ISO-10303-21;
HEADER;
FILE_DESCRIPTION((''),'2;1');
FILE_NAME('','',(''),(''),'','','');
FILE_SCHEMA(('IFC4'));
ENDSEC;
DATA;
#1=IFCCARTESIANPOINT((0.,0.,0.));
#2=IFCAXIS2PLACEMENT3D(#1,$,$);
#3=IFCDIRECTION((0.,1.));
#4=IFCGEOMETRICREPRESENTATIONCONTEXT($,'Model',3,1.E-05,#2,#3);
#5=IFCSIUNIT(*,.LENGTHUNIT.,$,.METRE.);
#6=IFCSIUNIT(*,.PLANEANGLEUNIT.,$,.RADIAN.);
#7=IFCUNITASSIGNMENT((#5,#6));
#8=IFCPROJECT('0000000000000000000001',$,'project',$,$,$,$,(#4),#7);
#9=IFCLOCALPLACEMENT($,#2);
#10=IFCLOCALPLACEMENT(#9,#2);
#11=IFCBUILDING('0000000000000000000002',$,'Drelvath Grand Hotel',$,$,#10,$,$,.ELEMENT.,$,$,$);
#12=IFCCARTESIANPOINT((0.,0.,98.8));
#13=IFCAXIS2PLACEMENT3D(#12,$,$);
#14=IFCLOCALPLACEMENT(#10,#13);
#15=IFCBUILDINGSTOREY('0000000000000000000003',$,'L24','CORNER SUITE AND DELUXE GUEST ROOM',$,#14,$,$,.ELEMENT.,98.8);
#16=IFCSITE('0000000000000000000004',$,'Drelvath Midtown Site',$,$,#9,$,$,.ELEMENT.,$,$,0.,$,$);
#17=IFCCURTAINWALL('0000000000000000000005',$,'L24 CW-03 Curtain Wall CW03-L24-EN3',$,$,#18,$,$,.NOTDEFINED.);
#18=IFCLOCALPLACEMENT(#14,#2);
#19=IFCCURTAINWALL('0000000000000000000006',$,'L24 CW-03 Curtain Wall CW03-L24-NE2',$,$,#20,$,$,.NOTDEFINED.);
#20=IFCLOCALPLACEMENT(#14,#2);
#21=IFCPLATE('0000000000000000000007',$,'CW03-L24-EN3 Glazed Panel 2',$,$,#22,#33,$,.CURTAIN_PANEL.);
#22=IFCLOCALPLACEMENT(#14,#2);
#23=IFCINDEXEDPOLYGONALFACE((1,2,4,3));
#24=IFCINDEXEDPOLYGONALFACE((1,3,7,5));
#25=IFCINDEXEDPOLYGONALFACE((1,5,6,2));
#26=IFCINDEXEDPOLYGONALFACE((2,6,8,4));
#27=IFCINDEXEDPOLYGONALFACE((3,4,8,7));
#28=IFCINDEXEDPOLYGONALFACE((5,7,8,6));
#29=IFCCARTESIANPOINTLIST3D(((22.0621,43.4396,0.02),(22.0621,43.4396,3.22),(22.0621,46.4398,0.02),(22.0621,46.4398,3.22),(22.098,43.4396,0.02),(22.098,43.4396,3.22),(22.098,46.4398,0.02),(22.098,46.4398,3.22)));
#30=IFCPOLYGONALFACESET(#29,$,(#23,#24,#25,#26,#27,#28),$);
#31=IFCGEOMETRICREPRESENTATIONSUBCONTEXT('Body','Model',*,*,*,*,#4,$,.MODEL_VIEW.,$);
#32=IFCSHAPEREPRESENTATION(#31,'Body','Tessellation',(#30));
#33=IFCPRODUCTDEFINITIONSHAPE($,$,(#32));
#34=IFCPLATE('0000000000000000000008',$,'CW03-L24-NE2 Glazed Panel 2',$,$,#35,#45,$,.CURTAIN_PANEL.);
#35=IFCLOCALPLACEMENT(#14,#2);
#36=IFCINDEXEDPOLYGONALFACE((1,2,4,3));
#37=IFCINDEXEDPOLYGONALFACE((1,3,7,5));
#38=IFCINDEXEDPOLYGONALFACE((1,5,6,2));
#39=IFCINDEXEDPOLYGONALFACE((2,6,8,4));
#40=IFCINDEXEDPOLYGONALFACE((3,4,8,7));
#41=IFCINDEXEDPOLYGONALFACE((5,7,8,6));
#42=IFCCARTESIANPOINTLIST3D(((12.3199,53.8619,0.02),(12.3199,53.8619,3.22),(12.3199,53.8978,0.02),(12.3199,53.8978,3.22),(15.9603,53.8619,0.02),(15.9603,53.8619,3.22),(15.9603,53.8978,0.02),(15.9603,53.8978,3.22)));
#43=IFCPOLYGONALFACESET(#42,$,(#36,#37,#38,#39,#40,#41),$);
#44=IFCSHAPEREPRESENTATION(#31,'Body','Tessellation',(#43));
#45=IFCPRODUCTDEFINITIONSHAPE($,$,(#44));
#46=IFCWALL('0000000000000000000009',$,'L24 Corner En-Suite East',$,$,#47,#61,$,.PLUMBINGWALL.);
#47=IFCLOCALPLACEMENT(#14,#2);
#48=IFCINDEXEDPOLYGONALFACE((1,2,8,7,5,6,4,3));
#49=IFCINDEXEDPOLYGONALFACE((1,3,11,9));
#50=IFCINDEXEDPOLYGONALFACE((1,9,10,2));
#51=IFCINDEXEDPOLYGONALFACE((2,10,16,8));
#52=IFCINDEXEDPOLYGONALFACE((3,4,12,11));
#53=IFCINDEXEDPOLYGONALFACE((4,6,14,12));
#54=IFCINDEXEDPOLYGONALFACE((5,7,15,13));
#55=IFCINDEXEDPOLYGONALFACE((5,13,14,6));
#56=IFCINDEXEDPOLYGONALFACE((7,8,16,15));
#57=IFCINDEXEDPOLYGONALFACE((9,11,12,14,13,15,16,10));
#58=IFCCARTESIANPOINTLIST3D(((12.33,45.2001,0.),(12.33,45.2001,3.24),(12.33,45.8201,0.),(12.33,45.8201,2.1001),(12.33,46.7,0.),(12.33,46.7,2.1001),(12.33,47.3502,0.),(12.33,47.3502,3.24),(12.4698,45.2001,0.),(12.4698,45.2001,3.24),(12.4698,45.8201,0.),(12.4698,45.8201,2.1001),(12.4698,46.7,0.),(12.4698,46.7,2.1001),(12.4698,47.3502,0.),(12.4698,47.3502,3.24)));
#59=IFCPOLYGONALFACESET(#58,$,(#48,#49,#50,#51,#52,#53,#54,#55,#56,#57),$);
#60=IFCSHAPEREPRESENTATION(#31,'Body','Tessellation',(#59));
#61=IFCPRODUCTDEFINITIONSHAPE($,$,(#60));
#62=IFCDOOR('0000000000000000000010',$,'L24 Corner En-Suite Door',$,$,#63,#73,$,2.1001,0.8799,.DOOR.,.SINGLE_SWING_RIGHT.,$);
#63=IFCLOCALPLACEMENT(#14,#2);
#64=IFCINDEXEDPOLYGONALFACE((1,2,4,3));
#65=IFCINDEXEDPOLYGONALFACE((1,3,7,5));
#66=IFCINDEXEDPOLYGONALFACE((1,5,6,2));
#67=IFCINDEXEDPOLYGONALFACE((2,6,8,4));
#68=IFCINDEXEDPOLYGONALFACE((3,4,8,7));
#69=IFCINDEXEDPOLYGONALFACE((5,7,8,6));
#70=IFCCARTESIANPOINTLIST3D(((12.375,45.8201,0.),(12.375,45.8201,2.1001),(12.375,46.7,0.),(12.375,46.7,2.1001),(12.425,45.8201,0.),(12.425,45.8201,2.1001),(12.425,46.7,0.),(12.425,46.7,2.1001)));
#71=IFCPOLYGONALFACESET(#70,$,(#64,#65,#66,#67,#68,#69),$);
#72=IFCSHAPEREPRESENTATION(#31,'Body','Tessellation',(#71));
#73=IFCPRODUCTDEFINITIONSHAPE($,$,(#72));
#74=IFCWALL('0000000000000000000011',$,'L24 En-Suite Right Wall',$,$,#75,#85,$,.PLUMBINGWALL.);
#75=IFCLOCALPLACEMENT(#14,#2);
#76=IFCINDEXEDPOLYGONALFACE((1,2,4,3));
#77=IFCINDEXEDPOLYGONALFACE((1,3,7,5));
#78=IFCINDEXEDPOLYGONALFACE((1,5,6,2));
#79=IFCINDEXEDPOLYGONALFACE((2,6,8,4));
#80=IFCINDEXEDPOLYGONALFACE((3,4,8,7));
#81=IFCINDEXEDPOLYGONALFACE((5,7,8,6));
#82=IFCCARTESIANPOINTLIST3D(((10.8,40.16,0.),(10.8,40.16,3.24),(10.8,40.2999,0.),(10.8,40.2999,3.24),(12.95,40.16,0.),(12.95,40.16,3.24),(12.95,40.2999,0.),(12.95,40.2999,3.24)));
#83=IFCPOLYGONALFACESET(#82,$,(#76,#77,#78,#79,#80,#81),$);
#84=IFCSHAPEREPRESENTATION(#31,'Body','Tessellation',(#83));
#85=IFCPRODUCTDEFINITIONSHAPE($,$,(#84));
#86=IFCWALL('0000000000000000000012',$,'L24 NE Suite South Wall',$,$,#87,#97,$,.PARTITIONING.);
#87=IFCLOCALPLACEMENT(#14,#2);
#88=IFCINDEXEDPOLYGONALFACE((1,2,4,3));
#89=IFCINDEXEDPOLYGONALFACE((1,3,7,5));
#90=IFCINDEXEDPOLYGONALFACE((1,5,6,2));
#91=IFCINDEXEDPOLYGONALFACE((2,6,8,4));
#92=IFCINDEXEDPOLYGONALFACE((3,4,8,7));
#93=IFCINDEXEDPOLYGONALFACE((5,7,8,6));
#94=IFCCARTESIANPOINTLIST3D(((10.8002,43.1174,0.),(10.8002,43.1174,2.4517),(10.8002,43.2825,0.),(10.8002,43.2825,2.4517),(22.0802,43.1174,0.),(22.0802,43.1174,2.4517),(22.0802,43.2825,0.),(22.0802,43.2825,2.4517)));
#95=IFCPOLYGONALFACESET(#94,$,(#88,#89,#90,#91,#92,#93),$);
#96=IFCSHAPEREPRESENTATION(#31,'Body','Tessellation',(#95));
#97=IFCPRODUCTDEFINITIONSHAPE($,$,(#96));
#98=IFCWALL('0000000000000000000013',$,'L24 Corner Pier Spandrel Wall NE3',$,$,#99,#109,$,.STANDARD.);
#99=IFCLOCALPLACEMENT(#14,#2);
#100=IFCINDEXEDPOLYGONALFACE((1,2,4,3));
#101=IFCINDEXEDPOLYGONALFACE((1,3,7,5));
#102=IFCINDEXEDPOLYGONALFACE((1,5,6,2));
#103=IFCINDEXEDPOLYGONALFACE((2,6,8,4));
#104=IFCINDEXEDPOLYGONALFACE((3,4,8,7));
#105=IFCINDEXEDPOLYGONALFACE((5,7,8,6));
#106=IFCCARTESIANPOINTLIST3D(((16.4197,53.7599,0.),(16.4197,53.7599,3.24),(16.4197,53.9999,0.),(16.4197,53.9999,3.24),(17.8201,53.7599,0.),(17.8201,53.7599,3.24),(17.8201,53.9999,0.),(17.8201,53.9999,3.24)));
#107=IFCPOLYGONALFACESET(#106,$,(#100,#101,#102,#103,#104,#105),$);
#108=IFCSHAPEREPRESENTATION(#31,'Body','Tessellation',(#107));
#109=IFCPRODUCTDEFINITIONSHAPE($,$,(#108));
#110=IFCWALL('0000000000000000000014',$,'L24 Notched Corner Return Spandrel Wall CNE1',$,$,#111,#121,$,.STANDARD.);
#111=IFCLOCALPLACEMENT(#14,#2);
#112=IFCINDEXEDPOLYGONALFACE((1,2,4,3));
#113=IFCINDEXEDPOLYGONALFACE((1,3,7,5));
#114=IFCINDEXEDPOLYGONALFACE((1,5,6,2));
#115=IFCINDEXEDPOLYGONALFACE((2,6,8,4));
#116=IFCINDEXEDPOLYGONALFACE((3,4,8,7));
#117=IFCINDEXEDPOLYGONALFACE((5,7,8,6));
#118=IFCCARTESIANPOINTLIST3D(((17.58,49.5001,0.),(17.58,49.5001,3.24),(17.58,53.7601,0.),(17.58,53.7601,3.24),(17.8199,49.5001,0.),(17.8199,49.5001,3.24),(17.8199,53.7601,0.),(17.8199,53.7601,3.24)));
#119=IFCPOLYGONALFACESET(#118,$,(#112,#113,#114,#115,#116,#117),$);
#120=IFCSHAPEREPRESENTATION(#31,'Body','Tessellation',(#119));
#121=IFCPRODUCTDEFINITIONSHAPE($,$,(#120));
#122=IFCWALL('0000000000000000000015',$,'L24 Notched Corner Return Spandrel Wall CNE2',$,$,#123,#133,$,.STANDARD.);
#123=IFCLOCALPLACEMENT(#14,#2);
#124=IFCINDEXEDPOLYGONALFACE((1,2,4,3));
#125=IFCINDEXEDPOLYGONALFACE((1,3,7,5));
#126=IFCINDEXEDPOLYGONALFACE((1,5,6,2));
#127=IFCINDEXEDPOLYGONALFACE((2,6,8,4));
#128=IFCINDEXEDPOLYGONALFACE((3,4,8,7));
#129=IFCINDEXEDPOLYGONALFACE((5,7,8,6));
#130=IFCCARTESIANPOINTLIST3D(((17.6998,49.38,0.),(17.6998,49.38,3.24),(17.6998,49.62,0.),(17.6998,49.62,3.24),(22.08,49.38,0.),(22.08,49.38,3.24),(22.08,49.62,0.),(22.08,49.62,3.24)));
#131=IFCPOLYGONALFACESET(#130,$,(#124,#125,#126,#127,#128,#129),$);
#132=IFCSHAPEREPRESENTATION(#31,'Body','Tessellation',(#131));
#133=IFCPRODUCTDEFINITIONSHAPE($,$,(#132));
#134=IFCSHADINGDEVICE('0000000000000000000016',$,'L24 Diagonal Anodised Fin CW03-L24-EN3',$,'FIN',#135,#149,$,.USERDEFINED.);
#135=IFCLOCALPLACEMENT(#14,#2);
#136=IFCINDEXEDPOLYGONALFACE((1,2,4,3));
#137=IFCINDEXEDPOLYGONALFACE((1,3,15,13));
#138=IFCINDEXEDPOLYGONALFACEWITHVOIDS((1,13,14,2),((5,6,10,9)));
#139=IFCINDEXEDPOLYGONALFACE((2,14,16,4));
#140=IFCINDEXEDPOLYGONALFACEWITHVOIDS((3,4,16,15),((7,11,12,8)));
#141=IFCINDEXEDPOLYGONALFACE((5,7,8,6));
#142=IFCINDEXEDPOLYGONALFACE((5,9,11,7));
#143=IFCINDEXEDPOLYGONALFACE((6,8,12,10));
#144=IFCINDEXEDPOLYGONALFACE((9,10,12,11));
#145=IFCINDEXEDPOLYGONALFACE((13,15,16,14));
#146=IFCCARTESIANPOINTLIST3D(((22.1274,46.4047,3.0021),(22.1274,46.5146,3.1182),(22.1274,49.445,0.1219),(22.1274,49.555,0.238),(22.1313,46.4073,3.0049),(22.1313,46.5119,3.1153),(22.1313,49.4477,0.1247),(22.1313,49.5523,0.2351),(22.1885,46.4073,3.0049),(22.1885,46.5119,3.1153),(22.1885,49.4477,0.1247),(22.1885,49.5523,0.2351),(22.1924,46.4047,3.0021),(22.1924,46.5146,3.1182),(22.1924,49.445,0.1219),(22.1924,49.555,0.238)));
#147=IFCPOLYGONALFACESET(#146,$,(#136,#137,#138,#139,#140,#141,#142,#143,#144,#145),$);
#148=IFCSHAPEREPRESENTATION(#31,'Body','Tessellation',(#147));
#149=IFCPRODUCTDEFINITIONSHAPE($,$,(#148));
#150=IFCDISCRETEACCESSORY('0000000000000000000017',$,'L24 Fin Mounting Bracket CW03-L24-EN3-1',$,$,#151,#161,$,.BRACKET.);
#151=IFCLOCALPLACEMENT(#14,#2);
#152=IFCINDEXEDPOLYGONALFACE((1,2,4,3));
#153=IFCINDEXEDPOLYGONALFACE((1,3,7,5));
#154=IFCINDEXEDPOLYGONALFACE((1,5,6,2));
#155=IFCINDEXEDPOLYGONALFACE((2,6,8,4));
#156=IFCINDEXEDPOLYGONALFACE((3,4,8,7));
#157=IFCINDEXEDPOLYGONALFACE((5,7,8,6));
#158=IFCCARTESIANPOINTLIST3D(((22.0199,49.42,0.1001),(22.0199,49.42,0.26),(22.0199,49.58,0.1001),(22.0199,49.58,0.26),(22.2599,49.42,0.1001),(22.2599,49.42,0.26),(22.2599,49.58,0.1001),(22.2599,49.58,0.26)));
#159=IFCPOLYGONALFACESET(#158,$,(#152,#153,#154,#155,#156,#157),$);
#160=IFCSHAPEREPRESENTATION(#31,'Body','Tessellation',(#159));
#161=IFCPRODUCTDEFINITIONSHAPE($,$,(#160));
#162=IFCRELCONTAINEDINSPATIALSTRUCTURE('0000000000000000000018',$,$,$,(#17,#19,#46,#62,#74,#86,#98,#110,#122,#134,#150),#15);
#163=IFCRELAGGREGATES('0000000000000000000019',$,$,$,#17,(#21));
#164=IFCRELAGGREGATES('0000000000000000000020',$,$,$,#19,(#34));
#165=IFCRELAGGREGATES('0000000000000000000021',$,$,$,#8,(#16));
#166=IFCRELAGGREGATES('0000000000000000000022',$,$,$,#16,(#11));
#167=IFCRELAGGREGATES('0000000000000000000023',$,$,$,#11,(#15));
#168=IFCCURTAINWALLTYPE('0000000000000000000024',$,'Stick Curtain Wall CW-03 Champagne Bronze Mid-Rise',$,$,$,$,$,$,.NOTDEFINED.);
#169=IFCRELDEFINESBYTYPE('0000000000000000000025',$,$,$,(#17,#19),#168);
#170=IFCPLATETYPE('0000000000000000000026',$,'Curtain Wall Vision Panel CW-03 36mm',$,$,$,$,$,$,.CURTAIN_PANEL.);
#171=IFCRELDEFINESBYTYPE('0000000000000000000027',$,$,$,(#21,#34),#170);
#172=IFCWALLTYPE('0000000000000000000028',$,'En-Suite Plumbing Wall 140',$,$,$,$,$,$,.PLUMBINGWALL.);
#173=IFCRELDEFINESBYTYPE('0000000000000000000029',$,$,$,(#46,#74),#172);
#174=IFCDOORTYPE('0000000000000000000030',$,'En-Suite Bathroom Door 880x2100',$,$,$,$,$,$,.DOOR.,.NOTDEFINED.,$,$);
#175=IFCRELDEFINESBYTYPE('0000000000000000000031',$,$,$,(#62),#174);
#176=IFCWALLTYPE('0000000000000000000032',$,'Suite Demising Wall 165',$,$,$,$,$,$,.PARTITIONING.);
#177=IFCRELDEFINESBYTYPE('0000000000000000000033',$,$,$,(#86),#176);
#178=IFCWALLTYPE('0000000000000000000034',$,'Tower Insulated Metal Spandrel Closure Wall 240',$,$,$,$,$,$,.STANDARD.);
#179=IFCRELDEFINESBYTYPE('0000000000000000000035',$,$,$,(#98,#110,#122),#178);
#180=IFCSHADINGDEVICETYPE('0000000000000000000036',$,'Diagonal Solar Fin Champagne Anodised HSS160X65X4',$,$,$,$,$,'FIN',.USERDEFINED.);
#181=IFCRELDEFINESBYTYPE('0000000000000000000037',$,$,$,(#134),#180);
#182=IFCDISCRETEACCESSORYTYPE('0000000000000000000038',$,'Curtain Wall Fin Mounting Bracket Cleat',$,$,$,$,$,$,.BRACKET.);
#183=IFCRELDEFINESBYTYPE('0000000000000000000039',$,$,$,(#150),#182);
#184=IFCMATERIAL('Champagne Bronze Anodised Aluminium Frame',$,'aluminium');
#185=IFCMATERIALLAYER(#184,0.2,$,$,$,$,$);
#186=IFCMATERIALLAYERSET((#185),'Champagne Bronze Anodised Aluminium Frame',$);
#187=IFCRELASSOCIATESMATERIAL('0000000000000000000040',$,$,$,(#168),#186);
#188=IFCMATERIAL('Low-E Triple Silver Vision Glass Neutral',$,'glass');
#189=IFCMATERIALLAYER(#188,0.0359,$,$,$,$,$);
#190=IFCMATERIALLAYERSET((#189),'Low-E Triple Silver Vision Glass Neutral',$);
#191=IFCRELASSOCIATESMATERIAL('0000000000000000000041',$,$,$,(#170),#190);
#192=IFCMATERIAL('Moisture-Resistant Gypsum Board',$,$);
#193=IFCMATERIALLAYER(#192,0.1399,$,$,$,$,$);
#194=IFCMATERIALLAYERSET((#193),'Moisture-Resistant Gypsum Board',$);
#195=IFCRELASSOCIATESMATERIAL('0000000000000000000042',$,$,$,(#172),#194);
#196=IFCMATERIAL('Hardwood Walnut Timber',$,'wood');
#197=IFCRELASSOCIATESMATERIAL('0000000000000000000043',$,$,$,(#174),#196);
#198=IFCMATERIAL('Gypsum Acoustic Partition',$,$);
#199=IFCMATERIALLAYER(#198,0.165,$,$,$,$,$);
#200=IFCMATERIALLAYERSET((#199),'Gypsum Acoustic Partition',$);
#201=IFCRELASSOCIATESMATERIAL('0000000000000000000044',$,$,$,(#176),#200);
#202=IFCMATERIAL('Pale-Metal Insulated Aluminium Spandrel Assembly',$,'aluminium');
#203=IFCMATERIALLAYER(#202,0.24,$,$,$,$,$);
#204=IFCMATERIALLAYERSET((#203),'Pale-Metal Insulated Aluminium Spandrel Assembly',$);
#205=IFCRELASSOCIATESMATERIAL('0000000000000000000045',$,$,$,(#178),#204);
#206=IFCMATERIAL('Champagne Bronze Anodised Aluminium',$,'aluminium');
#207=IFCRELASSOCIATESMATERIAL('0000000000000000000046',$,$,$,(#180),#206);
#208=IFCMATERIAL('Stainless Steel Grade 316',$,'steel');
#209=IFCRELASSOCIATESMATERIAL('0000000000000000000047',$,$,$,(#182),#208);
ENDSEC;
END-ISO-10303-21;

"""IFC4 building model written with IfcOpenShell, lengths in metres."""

from ifc_helpers import new_model, si_unit, direction, frame, frame_2d, origin, origin_2d, place, context, subcontext, project, spatial, rectangle, hollow_rectangle, extrude, material, layer, layer_set, material_profile, profile_set, type_object, element, fill, aggregate, save


model = new_model("IFC4")

# Units and contexts
model_context = context("Model", 3, precision=1e-05, world=origin(), true_north=direction((0.0, 1.0)))
body_context = subcontext(model_context, "Body", "Model", "MODEL_VIEW")
ifc_project = project(units=[si_unit("LENGTHUNIT", "METRE"), si_unit("PLANEANGLEUNIT", "RADIAN")], contexts=[model_context])

# Site, building, storey
site_placement = place(None, origin())
site = spatial("IfcSite", under=ifc_project, at=site_placement, Name="Drelvath Midtown Site", CompositionType="ELEMENT", RefElevation=0.0)
building_placement = place(site_placement, origin())
building = spatial("IfcBuilding", under=site, at=building_placement, Name="Drelvath Grand Hotel", CompositionType="ELEMENT")
storey_placement = place(building_placement, frame((0.0, 0.0, 98.8)))
storey = spatial("IfcBuildingStorey", under=building, at=storey_placement, Name="L24", Description="CORNER SUITE AND DELUXE GUEST ROOM", CompositionType="ELEMENT", Elevation=98.8)

# Curtain wall
ifc_material_1 = material(Name="Champagne Bronze Anodised Aluminium Frame", Category="aluminium")
ifc_layer_1 = layer(ifc_material_1, 0.2)
ifc_layer_set_1 = layer_set([ifc_layer_1], Name="Champagne Bronze Anodised Aluminium Frame")
curtain_wall_type = type_object("IfcCurtainWallType", Name="Stick Curtain Wall CW-03 Champagne Bronze Mid-Rise", PredefinedType="NOTDEFINED", material=ifc_layer_set_1)
curtain_wall_1_placement = place(storey_placement, origin())
curtain_wall_1 = element("IfcCurtainWall", 1, at=curtain_wall_1_placement, inside=storey, type_object=curtain_wall_type, Name="L24 CW-03 Curtain Wall CW03-L24-EN3", PredefinedType="NOTDEFINED")

# Curtain wall
curtain_wall_2_placement = place(storey_placement, origin())
curtain_wall_2 = element("IfcCurtainWall", 2, at=curtain_wall_2_placement, inside=storey, type_object=curtain_wall_type, Name="L24 CW-03 Curtain Wall CW03-L24-NE2", PredefinedType="NOTDEFINED")

# Plates
ifc_material_2 = material(Name="Low-E Triple Silver Vision Glass Neutral", Category="glass")
ifc_layer_2 = layer(ifc_material_2, 0.0359)
ifc_layer_set_2 = layer_set([ifc_layer_2], Name="Low-E Triple Silver Vision Glass Neutral")
plate_type = type_object("IfcPlateType", Name="Curtain Wall Vision Panel CW-03 36mm", PredefinedType="CURTAIN_PANEL", material=ifc_layer_set_2)
plate_1_placement = place(storey_placement, frame((22.0801, 44.9397, 0.02), z_axis=(0.0, 0.0, 1.0), x_axis=(0.0, -1.0, 0.0)))
plate_1 = element("IfcPlate", 3, at=plate_1_placement, type_object=plate_type, Name="CW03-L24-EN3 Glazed Panel 2", PredefinedType="CURTAIN_PANEL", context=body_context, shape_type="SweptSolid", body=[
    extrude(rectangle(XDim=3.0002, YDim=0.0359, at=origin_2d()), origin(), (0.0, 0.0, 1.0), 3.2),
])
aggregate(curtain_wall_1, [plate_1])
plate_2_placement = place(storey_placement, frame((14.1401, 53.8799, 0.02), z_axis=(0.0, 0.0, 1.0), x_axis=(1.0, 0.0, 0.0)))
plate_2 = element("IfcPlate", 4, at=plate_2_placement, type_object=plate_type, Name="CW03-L24-NE2 Glazed Panel 2", PredefinedType="CURTAIN_PANEL", context=body_context, shape_type="SweptSolid", body=[
    extrude(rectangle(XDim=3.6404, YDim=0.0359, at=origin_2d()), origin(), (0.0, 0.0, 1.0), 3.2),
])
aggregate(curtain_wall_2, [plate_2])

# Wall, opening, door
ifc_material_3 = material(Name="Moisture-Resistant Gypsum Board")
ifc_layer_3 = layer(ifc_material_3, 0.1399)
ifc_layer_set_3 = layer_set([ifc_layer_3], Name="Moisture-Resistant Gypsum Board")
wall_type_1 = type_object("IfcWallType", Name="En-Suite Plumbing Wall 140", PredefinedType="PLUMBINGWALL", material=ifc_layer_set_3)
wall_1_placement = place(storey_placement, frame((12.3999, 45.2, 0.0), z_axis=(0.0, 0.0, 1.0), x_axis=(0.0, 1.0, 0.0)))
wall_1 = element("IfcWall", 5, at=wall_1_placement, inside=storey, type_object=wall_type_1, Name="L24 Corner En-Suite East", PredefinedType="PLUMBINGWALL", context=body_context, shape_type="SweptSolid", body=[
    extrude(rectangle(XDim=2.1501, YDim=0.1399, at=frame_2d((1.0752, 0.0))), origin(), (0.0, 0.0, 1.0), 3.24),
])
opening_placement = place(wall_1_placement, frame((0.6201, 0.0, 0.0)))
opening = element("IfcOpeningElement", 6, at=opening_placement, cuts=wall_1, PredefinedType="OPENING", context=body_context, shape_type="SweptSolid", body=[
    extrude(rectangle(XDim=0.8799, YDim=2.1001, at=frame_2d((0.4399, 1.05))), frame((0.0, 0.0798, 0.0), z_axis=(0.0, -1.0, 0.0), x_axis=(1.0, 0.0, 0.0)), (0.0, 0.0, 1.0), 0.1599),
])
ifc_material_4 = material(Name="Hardwood Walnut Timber", Category="wood")
door_type = type_object("IfcDoorType", Name="En-Suite Bathroom Door 880x2100", OperationType="NOTDEFINED", PredefinedType="DOOR", material=ifc_material_4)
door_placement = place(opening_placement, origin())
door = element("IfcDoor", 7, at=door_placement, inside=storey, type_object=door_type, Name="L24 Corner En-Suite Door", OperationType="SINGLE_SWING_RIGHT", OverallHeight=2.1001, OverallWidth=0.8799, PredefinedType="DOOR", context=body_context, shape_type="SweptSolid", body=[
    extrude(rectangle(XDim=0.8799, YDim=2.1001, at=frame_2d((0.4399, 1.05))), frame((0.0, 0.0249, 0.0), z_axis=(0.0, -1.0, 0.0), x_axis=(1.0, 0.0, 0.0)), (0.0, 0.0, 1.0), 0.05),
])
fill(opening, door)

# Walls
wall_2_placement = place(storey_placement, frame((10.8, 40.23, 0.0), z_axis=(0.0, 0.0, 1.0), x_axis=(1.0, 0.0, 0.0)))
element("IfcWall", 8, at=wall_2_placement, inside=storey, type_object=wall_type_1, Name="L24 En-Suite Right Wall", PredefinedType="PLUMBINGWALL", context=body_context, shape_type="SweptSolid", body=[
    extrude(rectangle(XDim=2.1499, YDim=0.1399, at=frame_2d((1.075, 0.0))), origin(), (0.0, 0.0, 1.0), 3.24),
])
ifc_material_5 = material(Name="Gypsum Acoustic Partition")
ifc_layer_4 = layer(ifc_material_5, 0.165)
ifc_layer_set_4 = layer_set([ifc_layer_4], Name="Gypsum Acoustic Partition")
wall_type_2 = type_object("IfcWallType", Name="Suite Demising Wall 165", PredefinedType="PARTITIONING", material=ifc_layer_set_4)
wall_3_placement = place(storey_placement, frame((10.8, 43.2, 0.0), z_axis=(0.0, 0.0, 1.0), x_axis=(1.0, 0.0, 0.0)))
element("IfcWall", 9, at=wall_3_placement, inside=storey, type_object=wall_type_2, Name="L24 NE Suite South Wall", PredefinedType="PARTITIONING", context=body_context, shape_type="SweptSolid", body=[
    extrude(rectangle(XDim=11.28, YDim=0.165, at=frame_2d((5.6401, 0.0))), origin(), (0.0, 0.0, 1.0), 2.4517),
])
ifc_material_6 = material(Name="Pale-Metal Insulated Aluminium Spandrel Assembly", Category="aluminium")
ifc_layer_5 = layer(ifc_material_6, 0.24)
ifc_layer_set_5 = layer_set([ifc_layer_5], Name="Pale-Metal Insulated Aluminium Spandrel Assembly")
wall_type_3 = type_object("IfcWallType", Name="Tower Insulated Metal Spandrel Closure Wall 240", PredefinedType="STANDARD", material=ifc_layer_set_5)
wall_4_placement = place(storey_placement, frame((16.4197, 53.8799, 0.0), z_axis=(0.0, 0.0, 1.0), x_axis=(1.0, 0.0, 0.0)))
element("IfcWall", 10, at=wall_4_placement, inside=storey, type_object=wall_type_3, Name="L24 Corner Pier Spandrel Wall NE3", PredefinedType="STANDARD", context=body_context, shape_type="SweptSolid", body=[
    extrude(rectangle(XDim=1.4004, YDim=0.24, at=frame_2d((0.7002, 0.0))), origin(), (0.0, 0.0, 1.0), 3.24),
])
wall_5_placement = place(storey_placement, frame((17.7, 53.76, 0.0), z_axis=(0.0, 0.0, 1.0), x_axis=(0.0, -1.0, 0.0)))
element("IfcWall", 11, at=wall_5_placement, inside=storey, type_object=wall_type_3, Name="L24 Notched Corner Return Spandrel Wall CNE1", PredefinedType="STANDARD", context=body_context, shape_type="SweptSolid", body=[
    extrude(rectangle(XDim=4.26, YDim=0.24, at=frame_2d((2.1299, 0.0))), origin(), (0.0, 0.0, 1.0), 3.24),
])
wall_6_placement = place(storey_placement, frame((17.7, 49.5, 0.0), z_axis=(0.0, 0.0, 1.0), x_axis=(1.0, 0.0, 0.0)))
element("IfcWall", 12, at=wall_6_placement, inside=storey, type_object=wall_type_3, Name="L24 Notched Corner Return Spandrel Wall CNE2", PredefinedType="STANDARD", context=body_context, shape_type="SweptSolid", body=[
    extrude(rectangle(XDim=4.3801, YDim=0.24, at=frame_2d((2.1899, 0.0))), origin(), (0.0, 0.0, 1.0), 3.24),
])

# Shading device
ifc_material_7 = material(Name="Champagne Bronze Anodised Aluminium", Category="aluminium")
ifc_material_profile_1 = material_profile(ifc_material_7, hollow_rectangle(XDim=0.0649, YDim=0.1599, WallThickness=0.0039, at=origin_2d()), Name="HSS160X65X4")
ifc_profile_set_1 = profile_set([ifc_material_profile_1], Name="Champagne Bronze Anodised Aluminium")
shading_device_type = type_object("IfcShadingDeviceType", Name="Diagonal Solar Fin Champagne Anodised HSS160X65X4", ElementType="FIN", PredefinedType="USERDEFINED", material=ifc_profile_set_1)
shading_device_placement = place(storey_placement, frame((22.1599, 49.5, 0.1799), z_axis=(0.0, -0.72597, 0.687727), x_axis=(1.0, 0.0, 0.0)))
element("IfcShadingDevice", 13, at=shading_device_placement, inside=storey, type_object=shading_device_type, Name="L24 Diagonal Anodised Fin CW03-L24-EN3", ObjectType="FIN", PredefinedType="USERDEFINED", context=body_context, shape_type="SweptSolid", body=[
    extrude(hollow_rectangle(XDim=0.0649, YDim=0.1599, WallThickness=0.0039, at=origin_2d()), origin(), (0.0, 0.0, 1.0), 4.188),
])

# Discrete accessory
ifc_material_8 = material(Name="Stainless Steel Grade 316", Category="steel")
discrete_accessory_type = type_object("IfcDiscreteAccessoryType", Name="Curtain Wall Fin Mounting Bracket Cleat", PredefinedType="BRACKET", material=ifc_material_8)
discrete_accessory_placement = place(storey_placement, frame((22.1399, 49.5, 0.1001), z_axis=(0.0, 0.0, 1.0), x_axis=(0.0, -1.0, 0.0)))
element("IfcDiscreteAccessory", 14, at=discrete_accessory_placement, inside=storey, type_object=discrete_accessory_type, Name="L24 Fin Mounting Bracket CW03-L24-EN3-1", PredefinedType="BRACKET", context=body_context, shape_type="SweptSolid", body=[
    extrude(rectangle(XDim=0.1599, YDim=0.24, at=origin_2d()), origin(), (0.0, 0.0, 1.0), 0.1599),
])

save(model, "model.ifc")
